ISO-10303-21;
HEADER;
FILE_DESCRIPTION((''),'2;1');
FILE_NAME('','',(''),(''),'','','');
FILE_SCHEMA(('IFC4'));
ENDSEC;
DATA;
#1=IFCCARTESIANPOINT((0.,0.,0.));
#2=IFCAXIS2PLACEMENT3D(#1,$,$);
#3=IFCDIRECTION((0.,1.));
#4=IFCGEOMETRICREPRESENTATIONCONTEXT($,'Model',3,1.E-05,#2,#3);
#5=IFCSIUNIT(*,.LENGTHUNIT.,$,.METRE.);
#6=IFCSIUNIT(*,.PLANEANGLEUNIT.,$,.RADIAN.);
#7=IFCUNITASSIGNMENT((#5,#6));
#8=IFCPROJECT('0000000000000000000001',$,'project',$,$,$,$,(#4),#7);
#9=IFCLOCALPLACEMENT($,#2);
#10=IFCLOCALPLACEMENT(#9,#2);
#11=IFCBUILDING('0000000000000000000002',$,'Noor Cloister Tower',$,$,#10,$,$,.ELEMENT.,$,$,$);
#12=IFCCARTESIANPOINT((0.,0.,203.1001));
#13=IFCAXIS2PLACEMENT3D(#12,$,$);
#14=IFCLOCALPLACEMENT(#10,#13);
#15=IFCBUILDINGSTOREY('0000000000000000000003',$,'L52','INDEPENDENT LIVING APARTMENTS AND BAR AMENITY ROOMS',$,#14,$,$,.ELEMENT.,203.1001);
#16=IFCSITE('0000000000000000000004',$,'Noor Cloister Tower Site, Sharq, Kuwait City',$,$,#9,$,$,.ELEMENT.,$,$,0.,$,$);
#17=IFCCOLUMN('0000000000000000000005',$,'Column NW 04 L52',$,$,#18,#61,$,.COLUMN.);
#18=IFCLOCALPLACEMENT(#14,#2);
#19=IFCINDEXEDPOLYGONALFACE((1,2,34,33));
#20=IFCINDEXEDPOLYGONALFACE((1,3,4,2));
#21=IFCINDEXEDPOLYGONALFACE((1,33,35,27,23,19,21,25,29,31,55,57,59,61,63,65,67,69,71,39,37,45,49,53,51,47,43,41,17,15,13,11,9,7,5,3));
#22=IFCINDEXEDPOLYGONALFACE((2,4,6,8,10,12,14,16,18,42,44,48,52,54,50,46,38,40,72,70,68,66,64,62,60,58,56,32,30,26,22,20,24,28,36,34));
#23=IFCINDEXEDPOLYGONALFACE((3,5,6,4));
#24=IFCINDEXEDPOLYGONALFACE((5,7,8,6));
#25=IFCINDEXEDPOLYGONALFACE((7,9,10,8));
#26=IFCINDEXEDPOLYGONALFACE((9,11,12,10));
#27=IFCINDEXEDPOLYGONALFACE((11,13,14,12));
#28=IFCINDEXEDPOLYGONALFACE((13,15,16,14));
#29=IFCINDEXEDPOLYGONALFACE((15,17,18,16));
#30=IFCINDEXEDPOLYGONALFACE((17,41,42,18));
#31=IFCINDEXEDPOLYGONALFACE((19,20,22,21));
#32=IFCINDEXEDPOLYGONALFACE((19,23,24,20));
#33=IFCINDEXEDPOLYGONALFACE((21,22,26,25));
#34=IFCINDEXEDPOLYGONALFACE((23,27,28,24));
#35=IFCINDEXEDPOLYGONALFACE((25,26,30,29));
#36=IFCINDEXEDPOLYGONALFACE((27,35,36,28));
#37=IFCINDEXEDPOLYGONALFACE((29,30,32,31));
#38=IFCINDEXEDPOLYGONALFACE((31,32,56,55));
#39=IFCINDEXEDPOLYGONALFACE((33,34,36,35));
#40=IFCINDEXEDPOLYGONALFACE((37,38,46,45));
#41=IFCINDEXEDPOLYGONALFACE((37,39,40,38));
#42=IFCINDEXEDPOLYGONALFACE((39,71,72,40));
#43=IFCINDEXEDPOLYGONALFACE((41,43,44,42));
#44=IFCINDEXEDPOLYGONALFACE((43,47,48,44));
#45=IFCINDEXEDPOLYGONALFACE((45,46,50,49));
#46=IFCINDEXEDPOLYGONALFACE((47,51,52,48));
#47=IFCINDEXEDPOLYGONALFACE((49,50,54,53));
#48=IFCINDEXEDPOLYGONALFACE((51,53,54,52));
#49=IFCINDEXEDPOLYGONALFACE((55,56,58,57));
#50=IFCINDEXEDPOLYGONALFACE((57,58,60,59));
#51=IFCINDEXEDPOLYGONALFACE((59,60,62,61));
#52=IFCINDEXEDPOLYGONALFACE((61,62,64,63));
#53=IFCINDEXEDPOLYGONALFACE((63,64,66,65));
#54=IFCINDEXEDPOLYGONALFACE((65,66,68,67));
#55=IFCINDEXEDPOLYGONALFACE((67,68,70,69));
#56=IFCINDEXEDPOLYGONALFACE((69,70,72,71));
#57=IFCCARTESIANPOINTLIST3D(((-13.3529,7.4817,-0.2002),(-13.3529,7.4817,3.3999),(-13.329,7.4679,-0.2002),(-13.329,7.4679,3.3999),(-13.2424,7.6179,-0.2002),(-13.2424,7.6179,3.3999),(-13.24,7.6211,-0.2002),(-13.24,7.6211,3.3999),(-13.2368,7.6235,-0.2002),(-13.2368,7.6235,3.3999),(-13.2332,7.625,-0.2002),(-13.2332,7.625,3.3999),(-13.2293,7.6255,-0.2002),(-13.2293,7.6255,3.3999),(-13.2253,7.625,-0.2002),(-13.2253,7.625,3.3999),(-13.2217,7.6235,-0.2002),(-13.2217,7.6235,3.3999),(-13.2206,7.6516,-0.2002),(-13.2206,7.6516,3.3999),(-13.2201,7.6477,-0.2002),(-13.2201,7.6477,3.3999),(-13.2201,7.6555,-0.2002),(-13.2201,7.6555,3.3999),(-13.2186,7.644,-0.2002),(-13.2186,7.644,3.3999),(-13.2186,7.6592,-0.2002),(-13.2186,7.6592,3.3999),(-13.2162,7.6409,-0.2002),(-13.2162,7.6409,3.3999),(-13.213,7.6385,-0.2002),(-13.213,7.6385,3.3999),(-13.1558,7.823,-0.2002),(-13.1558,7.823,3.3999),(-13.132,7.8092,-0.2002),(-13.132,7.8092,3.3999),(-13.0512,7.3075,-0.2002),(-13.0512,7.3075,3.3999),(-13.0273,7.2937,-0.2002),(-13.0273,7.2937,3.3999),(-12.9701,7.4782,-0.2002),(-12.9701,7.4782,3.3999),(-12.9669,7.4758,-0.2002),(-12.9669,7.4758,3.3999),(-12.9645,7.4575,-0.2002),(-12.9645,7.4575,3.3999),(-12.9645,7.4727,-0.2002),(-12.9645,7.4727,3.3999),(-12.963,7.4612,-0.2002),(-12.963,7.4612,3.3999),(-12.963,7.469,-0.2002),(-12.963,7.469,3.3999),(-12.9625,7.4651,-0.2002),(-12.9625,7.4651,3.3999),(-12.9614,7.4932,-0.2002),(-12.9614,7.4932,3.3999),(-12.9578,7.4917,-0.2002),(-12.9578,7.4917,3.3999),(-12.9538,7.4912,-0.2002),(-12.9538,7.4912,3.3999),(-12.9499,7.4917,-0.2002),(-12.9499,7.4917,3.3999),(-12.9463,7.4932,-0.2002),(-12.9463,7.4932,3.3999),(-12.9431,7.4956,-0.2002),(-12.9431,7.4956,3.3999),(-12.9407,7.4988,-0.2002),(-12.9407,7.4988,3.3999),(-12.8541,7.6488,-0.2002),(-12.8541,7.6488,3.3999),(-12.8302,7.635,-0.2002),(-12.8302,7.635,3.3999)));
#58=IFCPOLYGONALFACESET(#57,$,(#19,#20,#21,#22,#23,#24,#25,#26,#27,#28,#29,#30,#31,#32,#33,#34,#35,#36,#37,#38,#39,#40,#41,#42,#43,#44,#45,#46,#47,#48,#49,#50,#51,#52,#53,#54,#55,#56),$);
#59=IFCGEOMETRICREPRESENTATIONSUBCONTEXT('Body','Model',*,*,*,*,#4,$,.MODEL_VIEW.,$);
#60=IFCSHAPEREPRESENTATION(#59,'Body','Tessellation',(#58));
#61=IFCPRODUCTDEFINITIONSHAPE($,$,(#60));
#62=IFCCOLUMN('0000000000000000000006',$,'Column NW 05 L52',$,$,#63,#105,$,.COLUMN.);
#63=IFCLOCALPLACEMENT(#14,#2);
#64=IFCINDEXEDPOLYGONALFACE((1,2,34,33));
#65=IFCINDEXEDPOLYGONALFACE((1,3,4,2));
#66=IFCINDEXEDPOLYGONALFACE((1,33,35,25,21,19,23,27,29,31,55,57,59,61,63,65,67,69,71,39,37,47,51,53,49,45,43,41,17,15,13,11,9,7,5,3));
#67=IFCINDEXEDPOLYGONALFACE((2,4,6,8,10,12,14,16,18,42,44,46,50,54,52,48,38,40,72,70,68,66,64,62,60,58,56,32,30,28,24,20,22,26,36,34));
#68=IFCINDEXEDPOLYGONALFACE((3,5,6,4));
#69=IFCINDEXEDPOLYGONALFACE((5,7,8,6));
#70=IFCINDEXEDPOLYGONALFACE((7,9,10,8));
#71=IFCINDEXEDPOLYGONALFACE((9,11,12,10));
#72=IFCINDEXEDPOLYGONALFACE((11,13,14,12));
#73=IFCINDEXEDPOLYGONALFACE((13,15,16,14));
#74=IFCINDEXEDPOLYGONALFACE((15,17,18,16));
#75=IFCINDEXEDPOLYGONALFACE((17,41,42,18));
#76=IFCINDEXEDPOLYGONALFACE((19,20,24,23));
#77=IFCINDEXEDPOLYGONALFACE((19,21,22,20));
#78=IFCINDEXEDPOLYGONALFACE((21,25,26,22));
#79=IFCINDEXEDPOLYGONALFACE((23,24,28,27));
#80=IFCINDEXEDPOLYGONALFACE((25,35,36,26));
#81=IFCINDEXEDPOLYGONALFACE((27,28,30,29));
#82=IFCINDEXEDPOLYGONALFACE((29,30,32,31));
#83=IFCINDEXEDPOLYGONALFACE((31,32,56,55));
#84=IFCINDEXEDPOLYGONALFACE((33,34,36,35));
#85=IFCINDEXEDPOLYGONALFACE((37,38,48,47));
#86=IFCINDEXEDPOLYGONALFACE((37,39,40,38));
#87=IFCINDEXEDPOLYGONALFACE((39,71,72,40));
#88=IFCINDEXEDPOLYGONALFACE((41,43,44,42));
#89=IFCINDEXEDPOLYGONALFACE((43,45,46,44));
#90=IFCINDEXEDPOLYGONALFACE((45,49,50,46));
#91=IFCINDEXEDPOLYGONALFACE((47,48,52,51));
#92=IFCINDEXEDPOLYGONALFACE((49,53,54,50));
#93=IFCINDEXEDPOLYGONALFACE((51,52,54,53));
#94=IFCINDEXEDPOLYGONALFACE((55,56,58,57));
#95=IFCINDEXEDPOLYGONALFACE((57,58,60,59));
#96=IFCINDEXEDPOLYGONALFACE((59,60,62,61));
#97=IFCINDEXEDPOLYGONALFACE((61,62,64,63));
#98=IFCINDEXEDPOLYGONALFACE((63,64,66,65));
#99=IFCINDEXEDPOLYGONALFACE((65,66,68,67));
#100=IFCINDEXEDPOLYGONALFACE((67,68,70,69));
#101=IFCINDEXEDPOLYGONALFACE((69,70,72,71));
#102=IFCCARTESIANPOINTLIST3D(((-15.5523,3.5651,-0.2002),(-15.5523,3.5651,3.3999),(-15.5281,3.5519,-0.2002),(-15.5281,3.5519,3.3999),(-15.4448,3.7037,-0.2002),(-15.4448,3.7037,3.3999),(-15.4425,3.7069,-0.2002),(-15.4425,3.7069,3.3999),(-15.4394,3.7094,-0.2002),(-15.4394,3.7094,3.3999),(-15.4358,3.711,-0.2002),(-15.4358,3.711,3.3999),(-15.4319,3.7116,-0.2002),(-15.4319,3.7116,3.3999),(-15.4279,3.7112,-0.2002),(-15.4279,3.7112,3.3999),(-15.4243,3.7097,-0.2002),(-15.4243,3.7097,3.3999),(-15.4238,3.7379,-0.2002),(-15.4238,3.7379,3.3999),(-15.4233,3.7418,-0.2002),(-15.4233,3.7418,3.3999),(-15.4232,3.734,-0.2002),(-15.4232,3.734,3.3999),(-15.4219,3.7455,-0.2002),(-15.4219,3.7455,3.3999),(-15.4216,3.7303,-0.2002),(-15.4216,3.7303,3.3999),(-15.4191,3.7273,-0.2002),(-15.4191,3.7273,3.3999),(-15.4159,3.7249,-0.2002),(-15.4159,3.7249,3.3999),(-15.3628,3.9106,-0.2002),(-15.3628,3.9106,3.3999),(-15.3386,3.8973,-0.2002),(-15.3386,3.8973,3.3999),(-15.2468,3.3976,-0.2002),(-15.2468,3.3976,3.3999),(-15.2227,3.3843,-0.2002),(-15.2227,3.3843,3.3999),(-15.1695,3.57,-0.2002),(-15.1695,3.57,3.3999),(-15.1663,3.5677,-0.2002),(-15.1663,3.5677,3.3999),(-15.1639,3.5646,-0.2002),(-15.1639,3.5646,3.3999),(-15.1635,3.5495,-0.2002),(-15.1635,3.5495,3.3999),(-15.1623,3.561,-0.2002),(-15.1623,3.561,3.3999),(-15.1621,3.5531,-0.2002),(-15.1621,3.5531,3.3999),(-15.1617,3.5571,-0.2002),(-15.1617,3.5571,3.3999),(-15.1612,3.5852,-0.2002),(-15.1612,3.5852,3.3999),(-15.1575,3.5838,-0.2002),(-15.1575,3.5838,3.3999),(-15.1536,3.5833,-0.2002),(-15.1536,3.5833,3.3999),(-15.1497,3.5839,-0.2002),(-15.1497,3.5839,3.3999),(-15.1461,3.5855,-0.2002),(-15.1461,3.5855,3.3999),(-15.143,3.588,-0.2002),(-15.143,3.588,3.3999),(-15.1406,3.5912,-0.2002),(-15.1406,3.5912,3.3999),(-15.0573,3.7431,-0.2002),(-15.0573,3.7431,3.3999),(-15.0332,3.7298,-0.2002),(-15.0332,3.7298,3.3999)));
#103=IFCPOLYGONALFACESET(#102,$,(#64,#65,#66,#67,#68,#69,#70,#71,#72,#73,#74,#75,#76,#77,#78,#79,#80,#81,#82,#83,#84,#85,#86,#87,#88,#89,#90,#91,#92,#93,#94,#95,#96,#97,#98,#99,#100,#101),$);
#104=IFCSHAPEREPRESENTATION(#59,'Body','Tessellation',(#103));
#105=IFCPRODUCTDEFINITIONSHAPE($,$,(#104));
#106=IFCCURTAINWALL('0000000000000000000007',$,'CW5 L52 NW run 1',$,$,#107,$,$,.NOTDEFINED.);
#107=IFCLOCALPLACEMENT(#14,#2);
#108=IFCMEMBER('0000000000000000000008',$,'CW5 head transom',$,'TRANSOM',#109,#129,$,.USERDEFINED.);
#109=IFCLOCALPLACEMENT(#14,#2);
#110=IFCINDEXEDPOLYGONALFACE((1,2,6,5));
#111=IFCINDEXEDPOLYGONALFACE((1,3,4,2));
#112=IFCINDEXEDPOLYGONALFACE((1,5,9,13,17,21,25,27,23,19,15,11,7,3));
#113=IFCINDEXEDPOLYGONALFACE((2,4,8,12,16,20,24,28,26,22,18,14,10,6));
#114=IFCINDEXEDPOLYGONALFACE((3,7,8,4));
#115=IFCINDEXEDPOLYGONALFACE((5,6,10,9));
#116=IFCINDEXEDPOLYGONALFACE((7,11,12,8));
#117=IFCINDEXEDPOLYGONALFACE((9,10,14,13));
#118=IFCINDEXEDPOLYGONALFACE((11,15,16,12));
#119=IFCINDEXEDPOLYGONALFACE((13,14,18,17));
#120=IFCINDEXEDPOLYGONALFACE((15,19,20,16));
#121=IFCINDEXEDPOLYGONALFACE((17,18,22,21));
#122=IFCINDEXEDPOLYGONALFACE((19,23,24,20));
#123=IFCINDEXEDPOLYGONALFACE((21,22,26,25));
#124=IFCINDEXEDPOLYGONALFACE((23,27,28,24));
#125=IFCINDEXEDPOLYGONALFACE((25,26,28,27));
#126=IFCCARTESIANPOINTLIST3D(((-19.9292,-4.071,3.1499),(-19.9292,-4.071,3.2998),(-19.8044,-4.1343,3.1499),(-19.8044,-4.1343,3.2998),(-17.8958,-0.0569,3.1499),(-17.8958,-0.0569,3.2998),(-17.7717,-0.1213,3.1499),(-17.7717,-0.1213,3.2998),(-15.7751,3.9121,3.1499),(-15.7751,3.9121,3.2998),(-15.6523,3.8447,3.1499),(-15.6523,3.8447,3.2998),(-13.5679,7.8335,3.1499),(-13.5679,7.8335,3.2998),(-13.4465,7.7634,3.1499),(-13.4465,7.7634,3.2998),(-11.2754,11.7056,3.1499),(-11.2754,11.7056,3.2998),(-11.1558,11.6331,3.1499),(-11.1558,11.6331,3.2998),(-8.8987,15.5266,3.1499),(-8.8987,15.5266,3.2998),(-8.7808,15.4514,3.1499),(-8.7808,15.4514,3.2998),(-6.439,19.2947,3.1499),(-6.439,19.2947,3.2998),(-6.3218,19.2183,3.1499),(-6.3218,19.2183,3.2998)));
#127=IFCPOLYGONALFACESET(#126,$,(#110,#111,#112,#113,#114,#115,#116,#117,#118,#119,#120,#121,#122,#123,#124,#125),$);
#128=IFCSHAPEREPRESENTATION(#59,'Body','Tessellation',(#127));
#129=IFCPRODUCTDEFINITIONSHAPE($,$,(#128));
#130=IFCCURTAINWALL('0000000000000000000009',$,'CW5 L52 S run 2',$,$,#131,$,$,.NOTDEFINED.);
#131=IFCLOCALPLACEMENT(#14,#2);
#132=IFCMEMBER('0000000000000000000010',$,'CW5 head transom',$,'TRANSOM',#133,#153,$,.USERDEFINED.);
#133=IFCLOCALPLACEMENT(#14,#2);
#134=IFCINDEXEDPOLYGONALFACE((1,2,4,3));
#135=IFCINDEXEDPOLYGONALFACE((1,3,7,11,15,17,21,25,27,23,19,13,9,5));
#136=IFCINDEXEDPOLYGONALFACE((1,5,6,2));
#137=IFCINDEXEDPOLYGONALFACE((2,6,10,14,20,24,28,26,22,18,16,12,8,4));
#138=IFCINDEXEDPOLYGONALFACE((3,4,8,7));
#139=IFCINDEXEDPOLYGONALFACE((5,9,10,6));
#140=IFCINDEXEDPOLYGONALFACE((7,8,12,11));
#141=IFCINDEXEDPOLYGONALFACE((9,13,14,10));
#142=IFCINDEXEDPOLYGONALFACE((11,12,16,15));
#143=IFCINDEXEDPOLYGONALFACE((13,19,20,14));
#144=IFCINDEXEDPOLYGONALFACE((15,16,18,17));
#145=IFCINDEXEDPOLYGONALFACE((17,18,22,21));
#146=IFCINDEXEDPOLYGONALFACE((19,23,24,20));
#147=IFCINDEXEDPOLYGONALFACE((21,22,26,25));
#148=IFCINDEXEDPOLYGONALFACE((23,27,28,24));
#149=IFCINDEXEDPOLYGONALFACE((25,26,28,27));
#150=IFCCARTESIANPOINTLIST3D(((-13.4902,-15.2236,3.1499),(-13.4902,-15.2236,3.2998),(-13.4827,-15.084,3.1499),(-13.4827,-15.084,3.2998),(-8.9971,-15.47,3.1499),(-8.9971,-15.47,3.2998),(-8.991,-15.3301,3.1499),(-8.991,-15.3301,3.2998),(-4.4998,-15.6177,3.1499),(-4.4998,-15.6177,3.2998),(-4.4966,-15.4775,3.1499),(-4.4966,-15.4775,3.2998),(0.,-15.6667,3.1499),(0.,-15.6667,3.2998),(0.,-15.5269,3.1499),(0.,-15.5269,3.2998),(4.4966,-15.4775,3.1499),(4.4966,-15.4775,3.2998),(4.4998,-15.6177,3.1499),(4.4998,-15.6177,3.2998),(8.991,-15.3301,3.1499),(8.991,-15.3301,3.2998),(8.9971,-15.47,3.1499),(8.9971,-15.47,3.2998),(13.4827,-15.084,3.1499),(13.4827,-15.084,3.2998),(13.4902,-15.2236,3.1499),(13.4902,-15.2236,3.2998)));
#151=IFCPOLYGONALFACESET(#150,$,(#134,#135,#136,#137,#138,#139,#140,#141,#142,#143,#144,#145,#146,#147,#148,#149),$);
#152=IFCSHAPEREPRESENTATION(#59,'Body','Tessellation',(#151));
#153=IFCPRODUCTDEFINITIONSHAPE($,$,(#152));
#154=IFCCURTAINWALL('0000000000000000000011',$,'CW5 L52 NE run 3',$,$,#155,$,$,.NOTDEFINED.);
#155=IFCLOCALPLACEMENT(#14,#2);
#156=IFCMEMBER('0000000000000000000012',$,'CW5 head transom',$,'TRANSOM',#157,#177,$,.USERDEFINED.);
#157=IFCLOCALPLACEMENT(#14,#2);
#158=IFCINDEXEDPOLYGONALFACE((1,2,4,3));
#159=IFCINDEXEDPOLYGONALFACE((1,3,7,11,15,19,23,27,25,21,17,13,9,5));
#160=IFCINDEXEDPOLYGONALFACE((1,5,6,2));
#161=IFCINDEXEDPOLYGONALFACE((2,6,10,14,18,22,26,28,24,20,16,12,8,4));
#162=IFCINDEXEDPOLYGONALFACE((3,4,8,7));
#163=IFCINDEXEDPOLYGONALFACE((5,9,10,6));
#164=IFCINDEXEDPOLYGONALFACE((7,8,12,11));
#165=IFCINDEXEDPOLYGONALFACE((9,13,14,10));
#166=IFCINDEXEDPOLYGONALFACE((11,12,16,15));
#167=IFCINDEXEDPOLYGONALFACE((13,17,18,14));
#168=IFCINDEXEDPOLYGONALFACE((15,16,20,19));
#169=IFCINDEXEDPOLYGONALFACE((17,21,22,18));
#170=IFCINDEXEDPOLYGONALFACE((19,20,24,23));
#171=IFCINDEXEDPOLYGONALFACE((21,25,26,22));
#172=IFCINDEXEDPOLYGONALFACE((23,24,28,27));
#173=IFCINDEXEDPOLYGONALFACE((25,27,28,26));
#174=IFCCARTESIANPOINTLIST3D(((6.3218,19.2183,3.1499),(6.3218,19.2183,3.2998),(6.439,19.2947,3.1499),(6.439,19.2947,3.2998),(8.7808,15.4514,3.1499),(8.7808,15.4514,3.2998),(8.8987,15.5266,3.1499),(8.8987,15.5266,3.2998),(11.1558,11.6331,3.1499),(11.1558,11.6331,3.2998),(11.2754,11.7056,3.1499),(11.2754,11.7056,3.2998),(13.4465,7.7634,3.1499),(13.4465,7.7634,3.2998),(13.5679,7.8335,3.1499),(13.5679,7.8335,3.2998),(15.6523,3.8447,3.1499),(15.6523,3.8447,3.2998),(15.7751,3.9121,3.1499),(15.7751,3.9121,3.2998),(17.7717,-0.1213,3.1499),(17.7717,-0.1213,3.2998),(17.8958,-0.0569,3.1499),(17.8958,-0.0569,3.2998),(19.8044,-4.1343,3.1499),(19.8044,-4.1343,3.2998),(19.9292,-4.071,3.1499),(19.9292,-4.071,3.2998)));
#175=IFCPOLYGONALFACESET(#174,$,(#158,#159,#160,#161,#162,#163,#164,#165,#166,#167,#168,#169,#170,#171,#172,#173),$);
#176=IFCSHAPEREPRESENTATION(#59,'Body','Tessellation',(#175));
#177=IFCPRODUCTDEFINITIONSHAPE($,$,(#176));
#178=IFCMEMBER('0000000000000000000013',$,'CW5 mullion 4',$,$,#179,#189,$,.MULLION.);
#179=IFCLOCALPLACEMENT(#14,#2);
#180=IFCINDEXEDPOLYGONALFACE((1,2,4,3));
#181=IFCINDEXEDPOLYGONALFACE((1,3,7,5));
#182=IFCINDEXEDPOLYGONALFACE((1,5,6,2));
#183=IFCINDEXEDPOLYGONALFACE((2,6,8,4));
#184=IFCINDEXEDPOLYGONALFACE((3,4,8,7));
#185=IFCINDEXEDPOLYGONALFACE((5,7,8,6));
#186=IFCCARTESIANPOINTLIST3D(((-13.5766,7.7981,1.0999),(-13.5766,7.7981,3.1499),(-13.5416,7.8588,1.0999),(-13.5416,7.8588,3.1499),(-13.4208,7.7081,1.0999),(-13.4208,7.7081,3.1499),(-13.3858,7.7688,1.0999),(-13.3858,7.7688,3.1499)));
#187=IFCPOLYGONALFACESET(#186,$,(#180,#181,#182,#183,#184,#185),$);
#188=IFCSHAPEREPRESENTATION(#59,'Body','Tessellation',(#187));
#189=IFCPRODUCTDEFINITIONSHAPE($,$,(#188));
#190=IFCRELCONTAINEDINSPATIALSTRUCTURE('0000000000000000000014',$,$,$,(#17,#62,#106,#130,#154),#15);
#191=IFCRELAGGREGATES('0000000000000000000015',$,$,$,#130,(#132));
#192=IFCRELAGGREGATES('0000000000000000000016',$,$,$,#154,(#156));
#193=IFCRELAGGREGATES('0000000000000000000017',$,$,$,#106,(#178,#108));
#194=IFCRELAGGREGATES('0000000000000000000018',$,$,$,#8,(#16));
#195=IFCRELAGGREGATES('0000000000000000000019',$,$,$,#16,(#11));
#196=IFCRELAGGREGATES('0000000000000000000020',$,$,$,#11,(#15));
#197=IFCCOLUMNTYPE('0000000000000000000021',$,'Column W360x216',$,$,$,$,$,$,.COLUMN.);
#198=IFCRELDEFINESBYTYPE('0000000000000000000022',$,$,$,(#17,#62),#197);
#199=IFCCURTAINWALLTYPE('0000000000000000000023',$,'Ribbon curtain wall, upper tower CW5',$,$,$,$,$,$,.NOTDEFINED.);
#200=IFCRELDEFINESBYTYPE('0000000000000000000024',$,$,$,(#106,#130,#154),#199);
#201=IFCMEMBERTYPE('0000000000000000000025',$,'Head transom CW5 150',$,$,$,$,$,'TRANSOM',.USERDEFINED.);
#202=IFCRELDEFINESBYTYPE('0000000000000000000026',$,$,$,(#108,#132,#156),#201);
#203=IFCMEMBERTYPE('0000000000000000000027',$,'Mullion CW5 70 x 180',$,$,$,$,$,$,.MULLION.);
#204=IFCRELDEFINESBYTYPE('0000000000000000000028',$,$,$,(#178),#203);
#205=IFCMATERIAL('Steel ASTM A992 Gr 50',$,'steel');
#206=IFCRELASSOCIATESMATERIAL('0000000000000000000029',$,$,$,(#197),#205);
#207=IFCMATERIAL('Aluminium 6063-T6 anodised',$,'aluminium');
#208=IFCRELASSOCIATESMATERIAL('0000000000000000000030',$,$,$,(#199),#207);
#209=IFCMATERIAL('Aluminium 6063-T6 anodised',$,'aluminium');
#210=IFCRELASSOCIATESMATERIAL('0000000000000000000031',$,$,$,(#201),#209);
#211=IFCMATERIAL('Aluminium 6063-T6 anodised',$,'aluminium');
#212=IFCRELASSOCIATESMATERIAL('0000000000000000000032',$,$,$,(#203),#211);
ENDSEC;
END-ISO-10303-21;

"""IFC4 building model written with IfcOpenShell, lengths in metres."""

from ifc_helpers import new_model, si_unit, direction, frame, origin, origin_2d, place, context, subcontext, project, spatial, polyline, rectangle, i_section, outline, extrude, material, material_profile, profile_set, type_object, element, aggregate, save


model = new_model("IFC4")

# Units and contexts
model_context = context("Model", 3, precision=1e-05, world=origin(), true_north=direction((0.0, 1.0)))
body_context = subcontext(model_context, "Body", "Model", "MODEL_VIEW")
ifc_project = project(units=[si_unit("LENGTHUNIT", "METRE"), si_unit("PLANEANGLEUNIT", "RADIAN")], contexts=[model_context])

# Site, building, storey
site_placement = place(None, origin())
site = spatial("IfcSite", under=ifc_project, at=site_placement, Name="Noor Cloister Tower Site, Sharq, Kuwait City", CompositionType="ELEMENT", RefElevation=0.0)
building_placement = place(site_placement, origin())
building = spatial("IfcBuilding", under=site, at=building_placement, Name="Noor Cloister Tower", CompositionType="ELEMENT")
storey_placement = place(building_placement, frame((0.0, 0.0, 203.1001)))
storey = spatial("IfcBuildingStorey", under=building, at=storey_placement, Name="L52", Description="INDEPENDENT LIVING APARTMENTS AND BAR AMENITY ROOMS", CompositionType="ELEMENT", Elevation=203.1001)

# Columns
ifc_material_1 = material(Name="Steel ASTM A992 Gr 50", Category="steel")
ifc_material_profile_1 = material_profile(ifc_material_1, i_section(OverallWidth=0.394, OverallDepth=0.376, WebThickness=0.0173, FlangeThickness=0.0276, FilletRadius=0.0151, at=origin_2d()), Name="W360x216")
ifc_profile_set_1 = profile_set([ifc_material_profile_1], Name="Steel ASTM A992 Gr 50")
column_type = type_object("IfcColumnType", Name="Column W360x216", PredefinedType="COLUMN", material=ifc_profile_set_1)
for number, where, z_axis, x_axis, name in (
    (1, (-13.0916, 7.5583, -0.2002), (0.0, 0.0, 1.0), (-0.5, -0.866025, 0.0), "Column NW 04 L52"),
    (2, (-15.2927, 3.6475, -0.2002), (0.0, 0.0, 1.0), (-0.480923, -0.876763, 0.0), "Column NW 05 L52"),
):
    element("IfcColumn", number, at=place(storey_placement, frame(where, z_axis=z_axis, x_axis=x_axis)), inside=storey, type_object=column_type, Name=name, PredefinedType="COLUMN", context=body_context, shape_type="SweptSolid", body=[
        extrude(i_section(OverallWidth=0.394, OverallDepth=0.376, WebThickness=0.0173, FlangeThickness=0.0276, FilletRadius=0.0151, at=origin_2d()), origin(), (0.0, 0.0, 1.0), 3.6001),
    ])

# Curtain walls, members
ifc_material_2 = material(Name="Aluminium 6063-T6 anodised", Category="aluminium")
curtain_wall_type = type_object("IfcCurtainWallType", Name="Ribbon curtain wall, upper tower CW5", PredefinedType="NOTDEFINED", material=ifc_material_2)
curtain_wall_1_placement = place(storey_placement, origin())
curtain_wall_1 = element("IfcCurtainWall", 3, at=curtain_wall_1_placement, inside=storey, type_object=curtain_wall_type, Name="CW5 L52 NW run 1", PredefinedType="NOTDEFINED")
ifc_material_3 = material(Name="Aluminium 6063-T6 anodised", Category="aluminium")
member_type_1 = type_object("IfcMemberType", Name="Head transom CW5 150", ElementType="TRANSOM", PredefinedType="USERDEFINED", material=ifc_material_3)
member_1_placement = place(storey_placement, frame((0.0, 0.0, 3.1499)))
member_1 = element("IfcMember", 4, at=member_1_placement, type_object=member_type_1, Name="CW5 head transom", ObjectType="TRANSOM", PredefinedType="USERDEFINED", context=body_context, shape_type="SweptSolid", body=[
    extrude(outline(polyline([(-6.439, 19.2947), (-8.8987, 15.5266), (-11.2754, 11.7056), (-13.5679, 7.8335), (-15.7751, 3.9121), (-17.8958, -0.0569), (-19.9292, -4.071), (-19.8044, -4.1343), (-17.7717, -0.1213), (-15.6523, 3.8447), (-13.4465, 7.7634), (-11.1558, 11.6331), (-8.7808, 15.4514), (-6.3218, 19.2183), (-6.439, 19.2947)])), origin(), (0.0, 0.0, 1.0), 0.1499),
])
curtain_wall_2_placement = place(storey_placement, origin())
curtain_wall_2 = element("IfcCurtainWall", 5, at=curtain_wall_2_placement, inside=storey, type_object=curtain_wall_type, Name="CW5 L52 S run 2", PredefinedType="NOTDEFINED")
member_2_placement = place(storey_placement, frame((0.0, 0.0, 3.1499)))
member_2 = element("IfcMember", 6, at=member_2_placement, type_object=member_type_1, Name="CW5 head transom", ObjectType="TRANSOM", PredefinedType="USERDEFINED", context=body_context, shape_type="SweptSolid", body=[
    extrude(outline(polyline([(-13.4902, -15.2236), (-8.9971, -15.47), (-4.4998, -15.6177), (0.0, -15.6667), (4.4998, -15.6177), (8.9971, -15.47), (13.4902, -15.2236), (13.4827, -15.084), (8.991, -15.3301), (4.4966, -15.4775), (0.0, -15.5269), (-4.4966, -15.4775), (-8.991, -15.3301), (-13.4827, -15.084), (-13.4902, -15.2236)])), origin(), (0.0, 0.0, 1.0), 0.1499),
])
curtain_wall_3_placement = place(storey_placement, origin())
curtain_wall_3 = element("IfcCurtainWall", 7, at=curtain_wall_3_placement, inside=storey, type_object=curtain_wall_type, Name="CW5 L52 NE run 3", PredefinedType="NOTDEFINED")
member_3_placement = place(storey_placement, frame((0.0, 0.0, 3.1499)))
member_3 = element("IfcMember", 8, at=member_3_placement, type_object=member_type_1, Name="CW5 head transom", ObjectType="TRANSOM", PredefinedType="USERDEFINED", context=body_context, shape_type="SweptSolid", body=[
    extrude(outline(polyline([(19.9292, -4.071), (17.8958, -0.0569), (15.7751, 3.9121), (13.5679, 7.8335), (11.2754, 11.7056), (8.8987, 15.5266), (6.439, 19.2947), (6.3218, 19.2183), (8.7808, 15.4514), (11.1558, 11.6331), (13.4465, 7.7634), (15.6523, 3.8447), (17.7717, -0.1213), (19.8044, -4.1343), (19.9292, -4.071)])), origin(), (0.0, 0.0, 1.0), 0.1499),
])

# Member
ifc_material_4 = material(Name="Aluminium 6063-T6 anodised", Category="aluminium")
ifc_material_profile_2 = material_profile(ifc_material_4, rectangle(XDim=0.1799, YDim=0.0701, at=origin_2d()), Name="180 x 70 mullion")
ifc_profile_set_2 = profile_set([ifc_material_profile_2], Name="Aluminium 6063-T6 anodised")
member_type_2 = type_object("IfcMemberType", Name="Mullion CW5 70 x 180", PredefinedType="MULLION", material=ifc_profile_set_2)
member_4_placement = place(storey_placement, frame((-13.4812, 7.7834, 1.0999), z_axis=(0.0, 0.0, 1.0), x_axis=(0.866025, -0.5, 0.0)))
member_4 = element("IfcMember", 9, at=member_4_placement, type_object=member_type_2, Name="CW5 mullion 4", PredefinedType="MULLION", context=body_context, shape_type="SweptSolid", body=[
    extrude(rectangle(XDim=0.1799, YDim=0.0701, at=origin_2d()), origin(), (0.0, 0.0, 1.0), 2.05),
])

aggregate(curtain_wall_2, [member_2])
aggregate(curtain_wall_3, [member_3])

aggregate(curtain_wall_1, [member_4, member_1])

save(model, "model.ifc")
